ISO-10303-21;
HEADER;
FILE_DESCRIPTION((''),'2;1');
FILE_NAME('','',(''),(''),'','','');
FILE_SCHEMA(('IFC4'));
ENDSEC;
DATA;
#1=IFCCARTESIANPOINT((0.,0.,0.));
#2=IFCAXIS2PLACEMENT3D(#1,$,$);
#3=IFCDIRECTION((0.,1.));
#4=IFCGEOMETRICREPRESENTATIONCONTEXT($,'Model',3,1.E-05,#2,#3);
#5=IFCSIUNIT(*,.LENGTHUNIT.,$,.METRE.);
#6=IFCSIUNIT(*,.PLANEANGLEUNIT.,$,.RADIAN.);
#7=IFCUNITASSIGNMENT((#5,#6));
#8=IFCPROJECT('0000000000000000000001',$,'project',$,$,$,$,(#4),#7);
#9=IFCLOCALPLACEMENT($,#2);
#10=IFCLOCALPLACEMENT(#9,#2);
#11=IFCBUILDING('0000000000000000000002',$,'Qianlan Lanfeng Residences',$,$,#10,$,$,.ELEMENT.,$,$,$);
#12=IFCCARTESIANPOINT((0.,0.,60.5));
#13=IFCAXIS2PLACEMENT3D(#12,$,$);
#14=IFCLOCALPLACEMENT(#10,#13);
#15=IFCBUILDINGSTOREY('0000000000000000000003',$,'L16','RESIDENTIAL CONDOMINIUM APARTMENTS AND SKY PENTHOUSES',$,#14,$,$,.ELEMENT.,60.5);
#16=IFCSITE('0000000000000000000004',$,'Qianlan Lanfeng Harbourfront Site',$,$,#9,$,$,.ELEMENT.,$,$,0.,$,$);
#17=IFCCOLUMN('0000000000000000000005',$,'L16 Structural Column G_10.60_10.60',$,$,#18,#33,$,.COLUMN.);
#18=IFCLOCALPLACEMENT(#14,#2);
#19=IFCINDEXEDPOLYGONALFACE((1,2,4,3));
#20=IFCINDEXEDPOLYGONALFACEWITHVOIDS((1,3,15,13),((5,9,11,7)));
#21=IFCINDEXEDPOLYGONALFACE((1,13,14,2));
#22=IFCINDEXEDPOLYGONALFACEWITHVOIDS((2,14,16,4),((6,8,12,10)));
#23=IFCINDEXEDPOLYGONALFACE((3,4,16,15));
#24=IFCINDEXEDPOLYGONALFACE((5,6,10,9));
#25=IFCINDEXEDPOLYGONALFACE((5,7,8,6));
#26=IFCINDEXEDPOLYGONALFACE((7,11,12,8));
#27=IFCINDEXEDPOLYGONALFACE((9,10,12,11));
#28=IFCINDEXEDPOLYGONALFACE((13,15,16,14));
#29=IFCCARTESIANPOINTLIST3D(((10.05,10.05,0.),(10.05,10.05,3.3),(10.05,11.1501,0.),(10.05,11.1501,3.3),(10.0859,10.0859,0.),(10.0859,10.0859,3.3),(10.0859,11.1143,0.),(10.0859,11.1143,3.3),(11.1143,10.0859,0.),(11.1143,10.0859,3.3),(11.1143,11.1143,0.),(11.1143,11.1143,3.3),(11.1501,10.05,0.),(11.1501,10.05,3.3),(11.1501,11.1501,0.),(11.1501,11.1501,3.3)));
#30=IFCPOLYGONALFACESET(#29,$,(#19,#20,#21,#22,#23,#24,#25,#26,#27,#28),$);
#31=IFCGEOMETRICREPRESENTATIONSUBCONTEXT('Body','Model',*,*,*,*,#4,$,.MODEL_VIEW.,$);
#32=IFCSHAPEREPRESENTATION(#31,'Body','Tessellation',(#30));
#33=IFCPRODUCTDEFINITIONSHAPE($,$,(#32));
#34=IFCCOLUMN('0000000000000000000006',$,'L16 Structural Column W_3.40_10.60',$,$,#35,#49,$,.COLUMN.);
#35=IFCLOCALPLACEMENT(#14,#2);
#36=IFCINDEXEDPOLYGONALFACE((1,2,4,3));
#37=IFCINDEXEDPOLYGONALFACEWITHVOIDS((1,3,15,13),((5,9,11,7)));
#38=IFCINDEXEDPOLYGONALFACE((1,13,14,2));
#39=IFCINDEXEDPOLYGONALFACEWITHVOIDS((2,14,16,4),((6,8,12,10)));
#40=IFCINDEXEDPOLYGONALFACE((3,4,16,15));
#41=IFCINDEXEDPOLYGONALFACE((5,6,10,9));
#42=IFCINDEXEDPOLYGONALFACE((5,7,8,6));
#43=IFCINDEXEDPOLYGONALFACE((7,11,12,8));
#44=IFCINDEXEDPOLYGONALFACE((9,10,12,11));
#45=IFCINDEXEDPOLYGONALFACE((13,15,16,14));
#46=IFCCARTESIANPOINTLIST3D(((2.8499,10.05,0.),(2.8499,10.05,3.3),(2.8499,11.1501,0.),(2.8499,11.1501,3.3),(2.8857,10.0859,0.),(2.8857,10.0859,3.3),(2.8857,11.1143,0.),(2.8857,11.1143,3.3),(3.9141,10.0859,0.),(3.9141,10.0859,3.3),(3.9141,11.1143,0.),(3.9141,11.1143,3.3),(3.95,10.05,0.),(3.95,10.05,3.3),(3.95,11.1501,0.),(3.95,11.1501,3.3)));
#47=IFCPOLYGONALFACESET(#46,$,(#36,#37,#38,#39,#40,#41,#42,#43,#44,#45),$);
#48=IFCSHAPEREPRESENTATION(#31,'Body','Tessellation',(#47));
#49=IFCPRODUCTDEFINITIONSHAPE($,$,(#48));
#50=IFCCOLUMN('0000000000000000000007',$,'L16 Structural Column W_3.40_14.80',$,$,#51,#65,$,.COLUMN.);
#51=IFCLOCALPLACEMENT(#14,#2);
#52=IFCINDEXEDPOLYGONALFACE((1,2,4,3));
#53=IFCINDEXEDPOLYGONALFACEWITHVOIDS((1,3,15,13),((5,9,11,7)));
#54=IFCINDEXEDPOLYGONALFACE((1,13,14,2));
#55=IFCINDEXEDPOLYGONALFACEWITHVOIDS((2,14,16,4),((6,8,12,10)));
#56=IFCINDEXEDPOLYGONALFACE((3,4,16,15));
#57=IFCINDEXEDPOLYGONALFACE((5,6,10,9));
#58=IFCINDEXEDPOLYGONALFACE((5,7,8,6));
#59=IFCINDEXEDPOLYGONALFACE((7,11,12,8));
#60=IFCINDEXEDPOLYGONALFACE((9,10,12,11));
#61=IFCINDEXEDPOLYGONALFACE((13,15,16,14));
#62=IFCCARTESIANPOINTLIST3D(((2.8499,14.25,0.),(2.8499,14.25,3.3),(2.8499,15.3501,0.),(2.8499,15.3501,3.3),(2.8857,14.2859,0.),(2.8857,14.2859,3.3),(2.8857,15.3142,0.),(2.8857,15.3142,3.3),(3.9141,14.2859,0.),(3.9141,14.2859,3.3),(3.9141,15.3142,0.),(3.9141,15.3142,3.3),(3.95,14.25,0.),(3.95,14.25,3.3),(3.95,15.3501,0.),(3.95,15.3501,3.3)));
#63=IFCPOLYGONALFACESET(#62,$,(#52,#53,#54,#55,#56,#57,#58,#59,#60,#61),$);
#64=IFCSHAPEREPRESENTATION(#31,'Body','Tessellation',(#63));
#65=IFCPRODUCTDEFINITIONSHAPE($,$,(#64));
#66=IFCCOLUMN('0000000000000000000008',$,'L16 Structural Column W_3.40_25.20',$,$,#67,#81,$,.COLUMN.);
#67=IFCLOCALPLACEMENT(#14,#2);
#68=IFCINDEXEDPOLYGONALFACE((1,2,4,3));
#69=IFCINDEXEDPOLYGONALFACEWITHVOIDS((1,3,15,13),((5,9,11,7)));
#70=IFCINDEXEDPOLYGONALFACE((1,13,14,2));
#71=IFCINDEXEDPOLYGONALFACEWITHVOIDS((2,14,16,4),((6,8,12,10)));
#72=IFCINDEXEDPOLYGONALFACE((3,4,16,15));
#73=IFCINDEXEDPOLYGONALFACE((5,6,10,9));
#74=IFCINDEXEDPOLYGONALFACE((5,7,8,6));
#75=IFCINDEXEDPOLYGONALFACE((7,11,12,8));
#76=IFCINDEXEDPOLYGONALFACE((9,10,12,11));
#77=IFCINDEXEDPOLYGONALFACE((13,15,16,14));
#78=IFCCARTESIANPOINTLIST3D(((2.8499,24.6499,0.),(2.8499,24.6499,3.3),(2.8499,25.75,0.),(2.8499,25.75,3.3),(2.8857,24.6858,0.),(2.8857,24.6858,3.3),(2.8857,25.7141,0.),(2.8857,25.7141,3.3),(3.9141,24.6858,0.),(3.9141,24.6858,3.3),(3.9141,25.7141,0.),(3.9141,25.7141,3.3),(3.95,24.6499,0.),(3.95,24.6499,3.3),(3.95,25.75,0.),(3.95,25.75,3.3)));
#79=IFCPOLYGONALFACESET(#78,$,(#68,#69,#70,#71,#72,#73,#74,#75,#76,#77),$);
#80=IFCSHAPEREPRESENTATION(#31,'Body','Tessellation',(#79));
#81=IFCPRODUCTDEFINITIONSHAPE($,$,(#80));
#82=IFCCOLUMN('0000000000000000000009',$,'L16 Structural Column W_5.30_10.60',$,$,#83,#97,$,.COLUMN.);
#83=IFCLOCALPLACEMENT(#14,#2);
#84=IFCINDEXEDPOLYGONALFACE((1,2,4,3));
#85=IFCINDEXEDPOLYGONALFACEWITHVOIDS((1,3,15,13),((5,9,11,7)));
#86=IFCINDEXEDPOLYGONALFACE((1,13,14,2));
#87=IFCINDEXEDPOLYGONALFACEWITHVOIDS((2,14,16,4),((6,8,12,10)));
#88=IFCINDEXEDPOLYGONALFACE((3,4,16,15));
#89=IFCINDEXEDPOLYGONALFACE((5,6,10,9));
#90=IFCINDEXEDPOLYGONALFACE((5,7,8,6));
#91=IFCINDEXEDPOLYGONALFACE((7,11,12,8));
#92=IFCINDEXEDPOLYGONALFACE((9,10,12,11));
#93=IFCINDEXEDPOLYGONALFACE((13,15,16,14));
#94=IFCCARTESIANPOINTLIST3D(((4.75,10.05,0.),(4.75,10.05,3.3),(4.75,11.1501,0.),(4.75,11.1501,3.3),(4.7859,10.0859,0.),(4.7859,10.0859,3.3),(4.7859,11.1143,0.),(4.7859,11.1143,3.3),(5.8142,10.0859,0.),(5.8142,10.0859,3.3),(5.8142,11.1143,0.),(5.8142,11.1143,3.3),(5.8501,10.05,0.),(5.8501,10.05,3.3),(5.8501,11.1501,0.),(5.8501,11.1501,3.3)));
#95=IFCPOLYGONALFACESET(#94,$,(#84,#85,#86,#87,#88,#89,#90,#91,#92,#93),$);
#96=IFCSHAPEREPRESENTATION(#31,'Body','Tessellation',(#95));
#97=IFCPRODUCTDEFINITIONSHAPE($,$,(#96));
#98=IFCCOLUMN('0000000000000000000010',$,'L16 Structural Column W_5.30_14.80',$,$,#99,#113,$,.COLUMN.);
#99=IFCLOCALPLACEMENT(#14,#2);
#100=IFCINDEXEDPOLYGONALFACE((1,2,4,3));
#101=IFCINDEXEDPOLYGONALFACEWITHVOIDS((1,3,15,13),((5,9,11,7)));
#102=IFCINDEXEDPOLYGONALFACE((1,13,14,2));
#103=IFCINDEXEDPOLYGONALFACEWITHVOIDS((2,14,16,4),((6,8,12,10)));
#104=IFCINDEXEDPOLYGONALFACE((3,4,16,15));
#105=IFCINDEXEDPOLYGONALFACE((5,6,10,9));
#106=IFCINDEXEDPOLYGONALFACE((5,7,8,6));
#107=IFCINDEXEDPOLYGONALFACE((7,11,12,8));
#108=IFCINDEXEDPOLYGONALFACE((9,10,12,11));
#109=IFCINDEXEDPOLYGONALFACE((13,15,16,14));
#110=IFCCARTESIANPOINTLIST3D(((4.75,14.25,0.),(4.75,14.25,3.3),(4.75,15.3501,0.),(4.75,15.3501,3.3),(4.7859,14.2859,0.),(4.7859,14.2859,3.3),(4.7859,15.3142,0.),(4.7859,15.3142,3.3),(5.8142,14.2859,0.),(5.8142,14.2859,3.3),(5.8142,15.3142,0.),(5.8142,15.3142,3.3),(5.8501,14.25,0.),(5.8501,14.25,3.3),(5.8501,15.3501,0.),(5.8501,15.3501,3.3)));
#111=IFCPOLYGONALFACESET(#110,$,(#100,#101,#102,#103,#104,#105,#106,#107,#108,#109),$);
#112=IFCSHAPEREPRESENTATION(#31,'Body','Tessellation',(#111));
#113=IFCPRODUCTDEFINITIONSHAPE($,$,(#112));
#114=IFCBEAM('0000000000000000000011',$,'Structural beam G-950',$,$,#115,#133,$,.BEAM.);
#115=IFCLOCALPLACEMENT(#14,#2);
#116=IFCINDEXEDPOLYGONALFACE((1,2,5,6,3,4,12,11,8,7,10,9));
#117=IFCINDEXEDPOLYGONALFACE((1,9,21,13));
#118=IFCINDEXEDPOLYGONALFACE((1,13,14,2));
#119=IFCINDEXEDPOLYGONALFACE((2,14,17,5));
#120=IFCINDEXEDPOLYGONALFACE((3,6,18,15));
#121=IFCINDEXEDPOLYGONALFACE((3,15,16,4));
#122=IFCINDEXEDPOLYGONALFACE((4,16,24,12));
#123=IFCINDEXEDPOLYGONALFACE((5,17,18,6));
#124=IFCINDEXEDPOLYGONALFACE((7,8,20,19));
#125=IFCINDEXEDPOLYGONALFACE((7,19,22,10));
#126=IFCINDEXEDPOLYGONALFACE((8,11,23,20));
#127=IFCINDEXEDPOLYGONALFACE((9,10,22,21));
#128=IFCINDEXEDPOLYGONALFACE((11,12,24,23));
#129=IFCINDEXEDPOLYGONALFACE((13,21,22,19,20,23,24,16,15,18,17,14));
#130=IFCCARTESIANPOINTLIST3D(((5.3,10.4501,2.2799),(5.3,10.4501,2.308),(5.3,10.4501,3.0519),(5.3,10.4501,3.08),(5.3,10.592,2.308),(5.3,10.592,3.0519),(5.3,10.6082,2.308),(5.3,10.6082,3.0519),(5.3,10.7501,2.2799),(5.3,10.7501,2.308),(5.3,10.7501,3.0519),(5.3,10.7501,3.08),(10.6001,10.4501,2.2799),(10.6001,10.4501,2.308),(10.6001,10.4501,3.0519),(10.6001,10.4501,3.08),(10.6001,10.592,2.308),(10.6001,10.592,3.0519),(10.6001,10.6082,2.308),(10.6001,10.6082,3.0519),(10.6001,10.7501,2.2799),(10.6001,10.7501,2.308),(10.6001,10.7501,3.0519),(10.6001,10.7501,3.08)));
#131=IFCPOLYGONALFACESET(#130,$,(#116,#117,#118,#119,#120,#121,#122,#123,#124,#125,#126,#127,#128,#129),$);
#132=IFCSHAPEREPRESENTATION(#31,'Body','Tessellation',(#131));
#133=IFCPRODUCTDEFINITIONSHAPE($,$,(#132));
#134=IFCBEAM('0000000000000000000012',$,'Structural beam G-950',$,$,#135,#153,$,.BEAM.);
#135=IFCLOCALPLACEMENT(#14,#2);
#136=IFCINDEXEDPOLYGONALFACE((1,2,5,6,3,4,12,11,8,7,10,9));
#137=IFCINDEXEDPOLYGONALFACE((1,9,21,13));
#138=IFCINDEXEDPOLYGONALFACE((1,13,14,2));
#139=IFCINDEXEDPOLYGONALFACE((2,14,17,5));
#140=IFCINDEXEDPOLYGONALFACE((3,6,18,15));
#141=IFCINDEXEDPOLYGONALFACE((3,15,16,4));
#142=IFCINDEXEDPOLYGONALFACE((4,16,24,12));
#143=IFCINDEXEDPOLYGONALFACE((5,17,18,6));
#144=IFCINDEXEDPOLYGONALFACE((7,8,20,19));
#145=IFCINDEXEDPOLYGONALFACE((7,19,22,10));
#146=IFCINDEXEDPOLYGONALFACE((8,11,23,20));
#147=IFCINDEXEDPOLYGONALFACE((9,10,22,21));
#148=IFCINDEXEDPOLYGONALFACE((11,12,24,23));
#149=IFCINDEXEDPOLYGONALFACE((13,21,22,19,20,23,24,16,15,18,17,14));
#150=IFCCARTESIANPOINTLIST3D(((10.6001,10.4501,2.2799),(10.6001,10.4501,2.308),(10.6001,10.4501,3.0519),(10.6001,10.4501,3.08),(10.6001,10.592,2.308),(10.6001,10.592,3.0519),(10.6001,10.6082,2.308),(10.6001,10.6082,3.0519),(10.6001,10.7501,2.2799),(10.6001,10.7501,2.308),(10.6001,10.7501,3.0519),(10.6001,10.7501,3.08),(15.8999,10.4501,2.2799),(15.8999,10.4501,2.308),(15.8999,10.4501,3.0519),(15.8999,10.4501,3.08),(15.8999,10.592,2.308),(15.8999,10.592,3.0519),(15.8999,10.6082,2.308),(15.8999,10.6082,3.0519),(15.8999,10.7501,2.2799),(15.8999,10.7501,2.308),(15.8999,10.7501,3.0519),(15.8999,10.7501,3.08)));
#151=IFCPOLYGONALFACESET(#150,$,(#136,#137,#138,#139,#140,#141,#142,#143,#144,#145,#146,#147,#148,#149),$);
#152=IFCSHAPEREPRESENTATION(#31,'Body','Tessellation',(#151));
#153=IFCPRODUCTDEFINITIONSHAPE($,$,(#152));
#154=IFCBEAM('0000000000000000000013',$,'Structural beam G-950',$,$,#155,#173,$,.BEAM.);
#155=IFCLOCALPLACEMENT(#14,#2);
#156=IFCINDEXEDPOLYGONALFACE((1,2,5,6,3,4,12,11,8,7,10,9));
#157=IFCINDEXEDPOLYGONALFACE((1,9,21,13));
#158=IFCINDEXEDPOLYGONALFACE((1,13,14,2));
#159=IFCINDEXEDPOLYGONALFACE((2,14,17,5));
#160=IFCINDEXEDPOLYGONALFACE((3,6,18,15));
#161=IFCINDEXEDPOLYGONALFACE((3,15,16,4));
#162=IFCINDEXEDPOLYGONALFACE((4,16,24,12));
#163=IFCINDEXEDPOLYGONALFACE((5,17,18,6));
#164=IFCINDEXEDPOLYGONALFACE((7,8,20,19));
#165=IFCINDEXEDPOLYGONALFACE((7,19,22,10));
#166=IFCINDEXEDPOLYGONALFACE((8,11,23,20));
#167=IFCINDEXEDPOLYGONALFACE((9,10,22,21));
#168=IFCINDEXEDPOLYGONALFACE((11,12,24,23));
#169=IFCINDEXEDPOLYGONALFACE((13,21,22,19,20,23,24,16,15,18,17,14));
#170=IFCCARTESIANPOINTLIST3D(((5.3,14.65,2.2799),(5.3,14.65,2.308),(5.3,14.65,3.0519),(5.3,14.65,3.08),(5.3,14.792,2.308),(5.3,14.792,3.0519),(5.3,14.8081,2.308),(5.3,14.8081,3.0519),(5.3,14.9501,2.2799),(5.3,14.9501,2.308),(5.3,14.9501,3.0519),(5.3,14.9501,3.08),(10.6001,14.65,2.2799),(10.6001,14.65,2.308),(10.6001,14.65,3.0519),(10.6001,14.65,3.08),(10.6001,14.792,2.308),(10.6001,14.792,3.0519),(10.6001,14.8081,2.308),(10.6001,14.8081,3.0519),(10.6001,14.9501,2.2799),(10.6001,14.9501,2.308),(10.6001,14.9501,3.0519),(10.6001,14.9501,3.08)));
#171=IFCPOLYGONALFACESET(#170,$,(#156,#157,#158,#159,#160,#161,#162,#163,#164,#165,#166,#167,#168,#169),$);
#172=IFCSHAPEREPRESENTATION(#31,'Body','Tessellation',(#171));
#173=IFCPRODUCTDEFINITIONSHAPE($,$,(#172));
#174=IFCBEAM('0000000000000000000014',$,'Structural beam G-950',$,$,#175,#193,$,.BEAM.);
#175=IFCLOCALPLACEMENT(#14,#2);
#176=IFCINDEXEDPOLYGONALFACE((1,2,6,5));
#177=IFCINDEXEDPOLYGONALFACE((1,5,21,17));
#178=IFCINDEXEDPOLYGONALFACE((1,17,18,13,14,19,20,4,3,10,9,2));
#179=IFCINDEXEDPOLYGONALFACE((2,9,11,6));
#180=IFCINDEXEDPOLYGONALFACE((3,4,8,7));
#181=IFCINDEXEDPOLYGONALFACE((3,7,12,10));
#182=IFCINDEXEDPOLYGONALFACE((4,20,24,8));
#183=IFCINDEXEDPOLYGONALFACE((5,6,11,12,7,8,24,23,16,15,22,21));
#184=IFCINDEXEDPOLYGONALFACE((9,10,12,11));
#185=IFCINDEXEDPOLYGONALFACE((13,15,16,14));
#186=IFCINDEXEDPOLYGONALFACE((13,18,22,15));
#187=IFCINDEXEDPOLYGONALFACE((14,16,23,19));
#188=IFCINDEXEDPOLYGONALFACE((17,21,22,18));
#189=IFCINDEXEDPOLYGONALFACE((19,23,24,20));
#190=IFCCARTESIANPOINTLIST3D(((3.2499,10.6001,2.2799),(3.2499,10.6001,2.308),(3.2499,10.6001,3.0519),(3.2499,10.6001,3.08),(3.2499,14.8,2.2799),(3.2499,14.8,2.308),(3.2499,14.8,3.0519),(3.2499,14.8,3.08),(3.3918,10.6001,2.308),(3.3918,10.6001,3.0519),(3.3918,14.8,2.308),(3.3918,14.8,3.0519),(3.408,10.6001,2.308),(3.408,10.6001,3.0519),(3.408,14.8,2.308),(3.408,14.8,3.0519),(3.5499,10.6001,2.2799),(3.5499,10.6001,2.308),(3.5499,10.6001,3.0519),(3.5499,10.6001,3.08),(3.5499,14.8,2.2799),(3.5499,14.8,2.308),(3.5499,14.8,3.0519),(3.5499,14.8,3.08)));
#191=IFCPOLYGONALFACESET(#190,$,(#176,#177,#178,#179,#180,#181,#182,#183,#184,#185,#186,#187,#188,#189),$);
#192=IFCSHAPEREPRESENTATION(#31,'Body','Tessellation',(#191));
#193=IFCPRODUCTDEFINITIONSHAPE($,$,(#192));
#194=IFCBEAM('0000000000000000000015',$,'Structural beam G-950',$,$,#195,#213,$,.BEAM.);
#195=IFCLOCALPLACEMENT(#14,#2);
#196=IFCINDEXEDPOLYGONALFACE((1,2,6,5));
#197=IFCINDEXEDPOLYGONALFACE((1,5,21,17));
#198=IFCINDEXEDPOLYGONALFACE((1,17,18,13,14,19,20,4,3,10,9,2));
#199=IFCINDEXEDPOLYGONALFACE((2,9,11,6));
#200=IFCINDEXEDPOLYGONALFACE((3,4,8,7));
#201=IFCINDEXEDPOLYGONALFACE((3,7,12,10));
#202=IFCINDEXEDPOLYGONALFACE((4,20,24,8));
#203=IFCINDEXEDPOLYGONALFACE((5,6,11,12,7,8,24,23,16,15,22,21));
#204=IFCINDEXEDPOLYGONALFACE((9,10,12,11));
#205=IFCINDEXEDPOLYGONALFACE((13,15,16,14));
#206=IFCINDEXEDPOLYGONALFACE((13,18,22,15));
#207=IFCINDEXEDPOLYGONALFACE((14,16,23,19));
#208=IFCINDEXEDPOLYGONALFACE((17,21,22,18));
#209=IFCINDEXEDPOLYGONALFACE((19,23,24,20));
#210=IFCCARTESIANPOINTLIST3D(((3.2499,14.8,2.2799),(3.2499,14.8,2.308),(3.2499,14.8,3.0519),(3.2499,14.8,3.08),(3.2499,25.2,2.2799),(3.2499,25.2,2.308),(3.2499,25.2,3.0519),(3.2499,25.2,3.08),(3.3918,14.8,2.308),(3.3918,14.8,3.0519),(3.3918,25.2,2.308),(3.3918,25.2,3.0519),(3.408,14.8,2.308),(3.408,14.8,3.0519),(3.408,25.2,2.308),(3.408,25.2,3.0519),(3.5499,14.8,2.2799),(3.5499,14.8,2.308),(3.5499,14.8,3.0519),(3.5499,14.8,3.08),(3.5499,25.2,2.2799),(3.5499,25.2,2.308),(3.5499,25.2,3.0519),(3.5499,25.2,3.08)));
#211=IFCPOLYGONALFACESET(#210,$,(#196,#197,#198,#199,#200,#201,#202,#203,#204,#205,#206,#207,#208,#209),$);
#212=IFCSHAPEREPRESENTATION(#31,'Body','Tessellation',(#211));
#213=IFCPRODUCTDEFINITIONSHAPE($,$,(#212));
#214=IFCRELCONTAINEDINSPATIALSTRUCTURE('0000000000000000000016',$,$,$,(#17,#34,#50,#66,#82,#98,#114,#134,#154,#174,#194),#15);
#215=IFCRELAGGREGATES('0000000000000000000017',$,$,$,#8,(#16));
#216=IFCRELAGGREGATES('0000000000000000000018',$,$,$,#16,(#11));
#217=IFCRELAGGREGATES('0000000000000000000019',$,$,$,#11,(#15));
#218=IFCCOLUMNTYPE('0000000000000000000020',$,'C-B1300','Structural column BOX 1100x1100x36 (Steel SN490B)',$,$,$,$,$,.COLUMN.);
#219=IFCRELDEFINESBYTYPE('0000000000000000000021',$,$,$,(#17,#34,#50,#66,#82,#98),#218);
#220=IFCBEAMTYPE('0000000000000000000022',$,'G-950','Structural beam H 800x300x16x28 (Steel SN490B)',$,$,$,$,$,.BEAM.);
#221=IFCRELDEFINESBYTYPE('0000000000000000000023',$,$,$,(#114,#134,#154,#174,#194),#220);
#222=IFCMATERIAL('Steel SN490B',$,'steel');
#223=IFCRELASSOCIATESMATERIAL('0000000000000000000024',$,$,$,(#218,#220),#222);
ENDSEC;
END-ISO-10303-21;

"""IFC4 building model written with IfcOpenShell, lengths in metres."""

from ifc_helpers import new_model, si_unit, direction, frame, origin, origin_2d, place, context, subcontext, project, spatial, hollow_rectangle, i_section, extrude, material, material_profile, profile_set, type_object, element, save


model = new_model("IFC4")

# Units and contexts
model_context = context("Model", 3, precision=1e-05, world=origin(), true_north=direction((0.0, 1.0)))
body_context = subcontext(model_context, "Body", "Model", "MODEL_VIEW")
ifc_project = project(units=[si_unit("LENGTHUNIT", "METRE"), si_unit("PLANEANGLEUNIT", "RADIAN")], contexts=[model_context])

# Site, building, storey
site_placement = place(None, origin())
site = spatial("IfcSite", under=ifc_project, at=site_placement, Name="Qianlan Lanfeng Harbourfront Site", CompositionType="ELEMENT", RefElevation=0.0)
building_placement = place(site_placement, origin())
building = spatial("IfcBuilding", under=site, at=building_placement, Name="Qianlan Lanfeng Residences", CompositionType="ELEMENT")
storey_placement = place(building_placement, frame((0.0, 0.0, 60.5)))
storey = spatial("IfcBuildingStorey", under=building, at=storey_placement, Name="L16", Description="RESIDENTIAL CONDOMINIUM APARTMENTS AND SKY PENTHOUSES", CompositionType="ELEMENT", Elevation=60.5)

# Columns
ifc_material_1 = material(Name="Steel SN490B", Category="steel")
ifc_material_profile_1 = material_profile(ifc_material_1, hollow_rectangle(XDim=1.1001, YDim=1.1001, WallThickness=0.0359, at=origin_2d()), Name="BOX 1100x1100x36")
ifc_profile_set_1 = profile_set([ifc_material_profile_1], Name="Steel SN490B")
column_type = type_object("IfcColumnType", Name="C-B1300", Description="Structural column BOX 1100x1100x36 (Steel SN490B)", PredefinedType="COLUMN", material=ifc_profile_set_1)
for number, where, z_axis, x_axis, name in (
    (1, (10.6001, 10.6001, 0.0), (0.0, 0.0, 1.0), (1.0, 0.0, 0.0), "L16 Structural Column G_10.60_10.60"),
    (2, (3.3999, 10.6001, 0.0), (0.0, 0.0, 1.0), (1.0, 0.0, 0.0), "L16 Structural Column W_3.40_10.60"),
    (3, (3.3999, 14.8, 0.0), (0.0, 0.0, 1.0), (1.0, 0.0, 0.0), "L16 Structural Column W_3.40_14.80"),
    (4, (3.3999, 25.2, 0.0), (0.0, 0.0, 1.0), (1.0, 0.0, 0.0), "L16 Structural Column W_3.40_25.20"),
    (5, (5.3, 10.6001, 0.0), (0.0, 0.0, 1.0), (1.0, 0.0, 0.0), "L16 Structural Column W_5.30_10.60"),
    (6, (5.3, 14.8, 0.0), (0.0, 0.0, 1.0), (1.0, 0.0, 0.0), "L16 Structural Column W_5.30_14.80"),
):
    element("IfcColumn", number, at=place(storey_placement, frame(where, z_axis=z_axis, x_axis=x_axis)), inside=storey, type_object=column_type, Name=name, PredefinedType="COLUMN", context=body_context, shape_type="SweptSolid", body=[
        extrude(hollow_rectangle(XDim=1.1001, YDim=1.1001, WallThickness=0.0359, at=origin_2d()), origin(), (0.0, 0.0, 1.0), 3.3),
    ])

# Beams
ifc_material_profile_2 = material_profile(ifc_material_1, i_section(OverallWidth=0.3, OverallDepth=0.8, WebThickness=0.0161, FlangeThickness=0.0281, at=origin_2d()), Name="H 800x300x16x28")
ifc_profile_set_2 = profile_set([ifc_material_profile_2], Name="Steel SN490B")
beam_type_1 = type_object("IfcBeamType", Name="G-950", Description="Structural beam H 800x300x16x28 (Steel SN490B)", PredefinedType="BEAM", material=ifc_profile_set_2)
beam_1_placement = place(storey_placement, frame((5.3, 10.6001, 2.6799), z_axis=(1.0, 0.0, 0.0), x_axis=(0.0, 1.0, 0.0)))
element("IfcBeam", 7, at=beam_1_placement, inside=storey, type_object=beam_type_1, Name="Structural beam G-950", PredefinedType="BEAM", context=body_context, shape_type="SweptSolid", body=[
    extrude(i_section(OverallWidth=0.3, OverallDepth=0.8, WebThickness=0.0161, FlangeThickness=0.0281, at=origin_2d()), origin(), (0.0, 0.0, 1.0), 5.3),
])
beam_2_placement = place(storey_placement, frame((10.6001, 10.6001, 2.6799), z_axis=(1.0, 0.0, 0.0), x_axis=(0.0, 1.0, 0.0)))
element("IfcBeam", 8, at=beam_2_placement, inside=storey, type_object=beam_type_1, Name="Structural beam G-950", PredefinedType="BEAM", context=body_context, shape_type="SweptSolid", body=[
    extrude(i_section(OverallWidth=0.3, OverallDepth=0.8, WebThickness=0.0161, FlangeThickness=0.0281, at=origin_2d()), origin(), (0.0, 0.0, 1.0), 5.2998),
])
beam_3_placement = place(storey_placement, frame((5.3, 14.8, 2.6799), z_axis=(1.0, 0.0, 0.0), x_axis=(0.0, 1.0, 0.0)))
element("IfcBeam", 9, at=beam_3_placement, inside=storey, type_object=beam_type_1, Name="Structural beam G-950", PredefinedType="BEAM", context=body_context, shape_type="SweptSolid", body=[
    extrude(i_section(OverallWidth=0.3, OverallDepth=0.8, WebThickness=0.0161, FlangeThickness=0.0281, at=origin_2d()), origin(), (0.0, 0.0, 1.0), 5.3),
])
beam_4_placement = place(storey_placement, frame((3.3999, 10.6001, 2.6799), z_axis=(0.0, 1.0, 0.0), x_axis=(-1.0, 0.0, 0.0)))
element("IfcBeam", 10, at=beam_4_placement, inside=storey, type_object=beam_type_1, Name="Structural beam G-950", PredefinedType="BEAM", context=body_context, shape_type="SweptSolid", body=[
    extrude(i_section(OverallWidth=0.3, OverallDepth=0.8, WebThickness=0.0161, FlangeThickness=0.0281, at=origin_2d()), origin(), (0.0, 0.0, 1.0), 4.2),
])
beam_5_placement = place(storey_placement, frame((3.3999, 14.8, 2.6799), z_axis=(0.0, 1.0, 0.0), x_axis=(-1.0, 0.0, 0.0)))
element("IfcBeam", 11, at=beam_5_placement, inside=storey, type_object=beam_type_1, Name="Structural beam G-950", PredefinedType="BEAM", context=body_context, shape_type="SweptSolid", body=[
    extrude(i_section(OverallWidth=0.3, OverallDepth=0.8, WebThickness=0.0161, FlangeThickness=0.0281, at=origin_2d()), origin(), (0.0, 0.0, 1.0), 10.3999),
])

save(model, "model.ifc")
